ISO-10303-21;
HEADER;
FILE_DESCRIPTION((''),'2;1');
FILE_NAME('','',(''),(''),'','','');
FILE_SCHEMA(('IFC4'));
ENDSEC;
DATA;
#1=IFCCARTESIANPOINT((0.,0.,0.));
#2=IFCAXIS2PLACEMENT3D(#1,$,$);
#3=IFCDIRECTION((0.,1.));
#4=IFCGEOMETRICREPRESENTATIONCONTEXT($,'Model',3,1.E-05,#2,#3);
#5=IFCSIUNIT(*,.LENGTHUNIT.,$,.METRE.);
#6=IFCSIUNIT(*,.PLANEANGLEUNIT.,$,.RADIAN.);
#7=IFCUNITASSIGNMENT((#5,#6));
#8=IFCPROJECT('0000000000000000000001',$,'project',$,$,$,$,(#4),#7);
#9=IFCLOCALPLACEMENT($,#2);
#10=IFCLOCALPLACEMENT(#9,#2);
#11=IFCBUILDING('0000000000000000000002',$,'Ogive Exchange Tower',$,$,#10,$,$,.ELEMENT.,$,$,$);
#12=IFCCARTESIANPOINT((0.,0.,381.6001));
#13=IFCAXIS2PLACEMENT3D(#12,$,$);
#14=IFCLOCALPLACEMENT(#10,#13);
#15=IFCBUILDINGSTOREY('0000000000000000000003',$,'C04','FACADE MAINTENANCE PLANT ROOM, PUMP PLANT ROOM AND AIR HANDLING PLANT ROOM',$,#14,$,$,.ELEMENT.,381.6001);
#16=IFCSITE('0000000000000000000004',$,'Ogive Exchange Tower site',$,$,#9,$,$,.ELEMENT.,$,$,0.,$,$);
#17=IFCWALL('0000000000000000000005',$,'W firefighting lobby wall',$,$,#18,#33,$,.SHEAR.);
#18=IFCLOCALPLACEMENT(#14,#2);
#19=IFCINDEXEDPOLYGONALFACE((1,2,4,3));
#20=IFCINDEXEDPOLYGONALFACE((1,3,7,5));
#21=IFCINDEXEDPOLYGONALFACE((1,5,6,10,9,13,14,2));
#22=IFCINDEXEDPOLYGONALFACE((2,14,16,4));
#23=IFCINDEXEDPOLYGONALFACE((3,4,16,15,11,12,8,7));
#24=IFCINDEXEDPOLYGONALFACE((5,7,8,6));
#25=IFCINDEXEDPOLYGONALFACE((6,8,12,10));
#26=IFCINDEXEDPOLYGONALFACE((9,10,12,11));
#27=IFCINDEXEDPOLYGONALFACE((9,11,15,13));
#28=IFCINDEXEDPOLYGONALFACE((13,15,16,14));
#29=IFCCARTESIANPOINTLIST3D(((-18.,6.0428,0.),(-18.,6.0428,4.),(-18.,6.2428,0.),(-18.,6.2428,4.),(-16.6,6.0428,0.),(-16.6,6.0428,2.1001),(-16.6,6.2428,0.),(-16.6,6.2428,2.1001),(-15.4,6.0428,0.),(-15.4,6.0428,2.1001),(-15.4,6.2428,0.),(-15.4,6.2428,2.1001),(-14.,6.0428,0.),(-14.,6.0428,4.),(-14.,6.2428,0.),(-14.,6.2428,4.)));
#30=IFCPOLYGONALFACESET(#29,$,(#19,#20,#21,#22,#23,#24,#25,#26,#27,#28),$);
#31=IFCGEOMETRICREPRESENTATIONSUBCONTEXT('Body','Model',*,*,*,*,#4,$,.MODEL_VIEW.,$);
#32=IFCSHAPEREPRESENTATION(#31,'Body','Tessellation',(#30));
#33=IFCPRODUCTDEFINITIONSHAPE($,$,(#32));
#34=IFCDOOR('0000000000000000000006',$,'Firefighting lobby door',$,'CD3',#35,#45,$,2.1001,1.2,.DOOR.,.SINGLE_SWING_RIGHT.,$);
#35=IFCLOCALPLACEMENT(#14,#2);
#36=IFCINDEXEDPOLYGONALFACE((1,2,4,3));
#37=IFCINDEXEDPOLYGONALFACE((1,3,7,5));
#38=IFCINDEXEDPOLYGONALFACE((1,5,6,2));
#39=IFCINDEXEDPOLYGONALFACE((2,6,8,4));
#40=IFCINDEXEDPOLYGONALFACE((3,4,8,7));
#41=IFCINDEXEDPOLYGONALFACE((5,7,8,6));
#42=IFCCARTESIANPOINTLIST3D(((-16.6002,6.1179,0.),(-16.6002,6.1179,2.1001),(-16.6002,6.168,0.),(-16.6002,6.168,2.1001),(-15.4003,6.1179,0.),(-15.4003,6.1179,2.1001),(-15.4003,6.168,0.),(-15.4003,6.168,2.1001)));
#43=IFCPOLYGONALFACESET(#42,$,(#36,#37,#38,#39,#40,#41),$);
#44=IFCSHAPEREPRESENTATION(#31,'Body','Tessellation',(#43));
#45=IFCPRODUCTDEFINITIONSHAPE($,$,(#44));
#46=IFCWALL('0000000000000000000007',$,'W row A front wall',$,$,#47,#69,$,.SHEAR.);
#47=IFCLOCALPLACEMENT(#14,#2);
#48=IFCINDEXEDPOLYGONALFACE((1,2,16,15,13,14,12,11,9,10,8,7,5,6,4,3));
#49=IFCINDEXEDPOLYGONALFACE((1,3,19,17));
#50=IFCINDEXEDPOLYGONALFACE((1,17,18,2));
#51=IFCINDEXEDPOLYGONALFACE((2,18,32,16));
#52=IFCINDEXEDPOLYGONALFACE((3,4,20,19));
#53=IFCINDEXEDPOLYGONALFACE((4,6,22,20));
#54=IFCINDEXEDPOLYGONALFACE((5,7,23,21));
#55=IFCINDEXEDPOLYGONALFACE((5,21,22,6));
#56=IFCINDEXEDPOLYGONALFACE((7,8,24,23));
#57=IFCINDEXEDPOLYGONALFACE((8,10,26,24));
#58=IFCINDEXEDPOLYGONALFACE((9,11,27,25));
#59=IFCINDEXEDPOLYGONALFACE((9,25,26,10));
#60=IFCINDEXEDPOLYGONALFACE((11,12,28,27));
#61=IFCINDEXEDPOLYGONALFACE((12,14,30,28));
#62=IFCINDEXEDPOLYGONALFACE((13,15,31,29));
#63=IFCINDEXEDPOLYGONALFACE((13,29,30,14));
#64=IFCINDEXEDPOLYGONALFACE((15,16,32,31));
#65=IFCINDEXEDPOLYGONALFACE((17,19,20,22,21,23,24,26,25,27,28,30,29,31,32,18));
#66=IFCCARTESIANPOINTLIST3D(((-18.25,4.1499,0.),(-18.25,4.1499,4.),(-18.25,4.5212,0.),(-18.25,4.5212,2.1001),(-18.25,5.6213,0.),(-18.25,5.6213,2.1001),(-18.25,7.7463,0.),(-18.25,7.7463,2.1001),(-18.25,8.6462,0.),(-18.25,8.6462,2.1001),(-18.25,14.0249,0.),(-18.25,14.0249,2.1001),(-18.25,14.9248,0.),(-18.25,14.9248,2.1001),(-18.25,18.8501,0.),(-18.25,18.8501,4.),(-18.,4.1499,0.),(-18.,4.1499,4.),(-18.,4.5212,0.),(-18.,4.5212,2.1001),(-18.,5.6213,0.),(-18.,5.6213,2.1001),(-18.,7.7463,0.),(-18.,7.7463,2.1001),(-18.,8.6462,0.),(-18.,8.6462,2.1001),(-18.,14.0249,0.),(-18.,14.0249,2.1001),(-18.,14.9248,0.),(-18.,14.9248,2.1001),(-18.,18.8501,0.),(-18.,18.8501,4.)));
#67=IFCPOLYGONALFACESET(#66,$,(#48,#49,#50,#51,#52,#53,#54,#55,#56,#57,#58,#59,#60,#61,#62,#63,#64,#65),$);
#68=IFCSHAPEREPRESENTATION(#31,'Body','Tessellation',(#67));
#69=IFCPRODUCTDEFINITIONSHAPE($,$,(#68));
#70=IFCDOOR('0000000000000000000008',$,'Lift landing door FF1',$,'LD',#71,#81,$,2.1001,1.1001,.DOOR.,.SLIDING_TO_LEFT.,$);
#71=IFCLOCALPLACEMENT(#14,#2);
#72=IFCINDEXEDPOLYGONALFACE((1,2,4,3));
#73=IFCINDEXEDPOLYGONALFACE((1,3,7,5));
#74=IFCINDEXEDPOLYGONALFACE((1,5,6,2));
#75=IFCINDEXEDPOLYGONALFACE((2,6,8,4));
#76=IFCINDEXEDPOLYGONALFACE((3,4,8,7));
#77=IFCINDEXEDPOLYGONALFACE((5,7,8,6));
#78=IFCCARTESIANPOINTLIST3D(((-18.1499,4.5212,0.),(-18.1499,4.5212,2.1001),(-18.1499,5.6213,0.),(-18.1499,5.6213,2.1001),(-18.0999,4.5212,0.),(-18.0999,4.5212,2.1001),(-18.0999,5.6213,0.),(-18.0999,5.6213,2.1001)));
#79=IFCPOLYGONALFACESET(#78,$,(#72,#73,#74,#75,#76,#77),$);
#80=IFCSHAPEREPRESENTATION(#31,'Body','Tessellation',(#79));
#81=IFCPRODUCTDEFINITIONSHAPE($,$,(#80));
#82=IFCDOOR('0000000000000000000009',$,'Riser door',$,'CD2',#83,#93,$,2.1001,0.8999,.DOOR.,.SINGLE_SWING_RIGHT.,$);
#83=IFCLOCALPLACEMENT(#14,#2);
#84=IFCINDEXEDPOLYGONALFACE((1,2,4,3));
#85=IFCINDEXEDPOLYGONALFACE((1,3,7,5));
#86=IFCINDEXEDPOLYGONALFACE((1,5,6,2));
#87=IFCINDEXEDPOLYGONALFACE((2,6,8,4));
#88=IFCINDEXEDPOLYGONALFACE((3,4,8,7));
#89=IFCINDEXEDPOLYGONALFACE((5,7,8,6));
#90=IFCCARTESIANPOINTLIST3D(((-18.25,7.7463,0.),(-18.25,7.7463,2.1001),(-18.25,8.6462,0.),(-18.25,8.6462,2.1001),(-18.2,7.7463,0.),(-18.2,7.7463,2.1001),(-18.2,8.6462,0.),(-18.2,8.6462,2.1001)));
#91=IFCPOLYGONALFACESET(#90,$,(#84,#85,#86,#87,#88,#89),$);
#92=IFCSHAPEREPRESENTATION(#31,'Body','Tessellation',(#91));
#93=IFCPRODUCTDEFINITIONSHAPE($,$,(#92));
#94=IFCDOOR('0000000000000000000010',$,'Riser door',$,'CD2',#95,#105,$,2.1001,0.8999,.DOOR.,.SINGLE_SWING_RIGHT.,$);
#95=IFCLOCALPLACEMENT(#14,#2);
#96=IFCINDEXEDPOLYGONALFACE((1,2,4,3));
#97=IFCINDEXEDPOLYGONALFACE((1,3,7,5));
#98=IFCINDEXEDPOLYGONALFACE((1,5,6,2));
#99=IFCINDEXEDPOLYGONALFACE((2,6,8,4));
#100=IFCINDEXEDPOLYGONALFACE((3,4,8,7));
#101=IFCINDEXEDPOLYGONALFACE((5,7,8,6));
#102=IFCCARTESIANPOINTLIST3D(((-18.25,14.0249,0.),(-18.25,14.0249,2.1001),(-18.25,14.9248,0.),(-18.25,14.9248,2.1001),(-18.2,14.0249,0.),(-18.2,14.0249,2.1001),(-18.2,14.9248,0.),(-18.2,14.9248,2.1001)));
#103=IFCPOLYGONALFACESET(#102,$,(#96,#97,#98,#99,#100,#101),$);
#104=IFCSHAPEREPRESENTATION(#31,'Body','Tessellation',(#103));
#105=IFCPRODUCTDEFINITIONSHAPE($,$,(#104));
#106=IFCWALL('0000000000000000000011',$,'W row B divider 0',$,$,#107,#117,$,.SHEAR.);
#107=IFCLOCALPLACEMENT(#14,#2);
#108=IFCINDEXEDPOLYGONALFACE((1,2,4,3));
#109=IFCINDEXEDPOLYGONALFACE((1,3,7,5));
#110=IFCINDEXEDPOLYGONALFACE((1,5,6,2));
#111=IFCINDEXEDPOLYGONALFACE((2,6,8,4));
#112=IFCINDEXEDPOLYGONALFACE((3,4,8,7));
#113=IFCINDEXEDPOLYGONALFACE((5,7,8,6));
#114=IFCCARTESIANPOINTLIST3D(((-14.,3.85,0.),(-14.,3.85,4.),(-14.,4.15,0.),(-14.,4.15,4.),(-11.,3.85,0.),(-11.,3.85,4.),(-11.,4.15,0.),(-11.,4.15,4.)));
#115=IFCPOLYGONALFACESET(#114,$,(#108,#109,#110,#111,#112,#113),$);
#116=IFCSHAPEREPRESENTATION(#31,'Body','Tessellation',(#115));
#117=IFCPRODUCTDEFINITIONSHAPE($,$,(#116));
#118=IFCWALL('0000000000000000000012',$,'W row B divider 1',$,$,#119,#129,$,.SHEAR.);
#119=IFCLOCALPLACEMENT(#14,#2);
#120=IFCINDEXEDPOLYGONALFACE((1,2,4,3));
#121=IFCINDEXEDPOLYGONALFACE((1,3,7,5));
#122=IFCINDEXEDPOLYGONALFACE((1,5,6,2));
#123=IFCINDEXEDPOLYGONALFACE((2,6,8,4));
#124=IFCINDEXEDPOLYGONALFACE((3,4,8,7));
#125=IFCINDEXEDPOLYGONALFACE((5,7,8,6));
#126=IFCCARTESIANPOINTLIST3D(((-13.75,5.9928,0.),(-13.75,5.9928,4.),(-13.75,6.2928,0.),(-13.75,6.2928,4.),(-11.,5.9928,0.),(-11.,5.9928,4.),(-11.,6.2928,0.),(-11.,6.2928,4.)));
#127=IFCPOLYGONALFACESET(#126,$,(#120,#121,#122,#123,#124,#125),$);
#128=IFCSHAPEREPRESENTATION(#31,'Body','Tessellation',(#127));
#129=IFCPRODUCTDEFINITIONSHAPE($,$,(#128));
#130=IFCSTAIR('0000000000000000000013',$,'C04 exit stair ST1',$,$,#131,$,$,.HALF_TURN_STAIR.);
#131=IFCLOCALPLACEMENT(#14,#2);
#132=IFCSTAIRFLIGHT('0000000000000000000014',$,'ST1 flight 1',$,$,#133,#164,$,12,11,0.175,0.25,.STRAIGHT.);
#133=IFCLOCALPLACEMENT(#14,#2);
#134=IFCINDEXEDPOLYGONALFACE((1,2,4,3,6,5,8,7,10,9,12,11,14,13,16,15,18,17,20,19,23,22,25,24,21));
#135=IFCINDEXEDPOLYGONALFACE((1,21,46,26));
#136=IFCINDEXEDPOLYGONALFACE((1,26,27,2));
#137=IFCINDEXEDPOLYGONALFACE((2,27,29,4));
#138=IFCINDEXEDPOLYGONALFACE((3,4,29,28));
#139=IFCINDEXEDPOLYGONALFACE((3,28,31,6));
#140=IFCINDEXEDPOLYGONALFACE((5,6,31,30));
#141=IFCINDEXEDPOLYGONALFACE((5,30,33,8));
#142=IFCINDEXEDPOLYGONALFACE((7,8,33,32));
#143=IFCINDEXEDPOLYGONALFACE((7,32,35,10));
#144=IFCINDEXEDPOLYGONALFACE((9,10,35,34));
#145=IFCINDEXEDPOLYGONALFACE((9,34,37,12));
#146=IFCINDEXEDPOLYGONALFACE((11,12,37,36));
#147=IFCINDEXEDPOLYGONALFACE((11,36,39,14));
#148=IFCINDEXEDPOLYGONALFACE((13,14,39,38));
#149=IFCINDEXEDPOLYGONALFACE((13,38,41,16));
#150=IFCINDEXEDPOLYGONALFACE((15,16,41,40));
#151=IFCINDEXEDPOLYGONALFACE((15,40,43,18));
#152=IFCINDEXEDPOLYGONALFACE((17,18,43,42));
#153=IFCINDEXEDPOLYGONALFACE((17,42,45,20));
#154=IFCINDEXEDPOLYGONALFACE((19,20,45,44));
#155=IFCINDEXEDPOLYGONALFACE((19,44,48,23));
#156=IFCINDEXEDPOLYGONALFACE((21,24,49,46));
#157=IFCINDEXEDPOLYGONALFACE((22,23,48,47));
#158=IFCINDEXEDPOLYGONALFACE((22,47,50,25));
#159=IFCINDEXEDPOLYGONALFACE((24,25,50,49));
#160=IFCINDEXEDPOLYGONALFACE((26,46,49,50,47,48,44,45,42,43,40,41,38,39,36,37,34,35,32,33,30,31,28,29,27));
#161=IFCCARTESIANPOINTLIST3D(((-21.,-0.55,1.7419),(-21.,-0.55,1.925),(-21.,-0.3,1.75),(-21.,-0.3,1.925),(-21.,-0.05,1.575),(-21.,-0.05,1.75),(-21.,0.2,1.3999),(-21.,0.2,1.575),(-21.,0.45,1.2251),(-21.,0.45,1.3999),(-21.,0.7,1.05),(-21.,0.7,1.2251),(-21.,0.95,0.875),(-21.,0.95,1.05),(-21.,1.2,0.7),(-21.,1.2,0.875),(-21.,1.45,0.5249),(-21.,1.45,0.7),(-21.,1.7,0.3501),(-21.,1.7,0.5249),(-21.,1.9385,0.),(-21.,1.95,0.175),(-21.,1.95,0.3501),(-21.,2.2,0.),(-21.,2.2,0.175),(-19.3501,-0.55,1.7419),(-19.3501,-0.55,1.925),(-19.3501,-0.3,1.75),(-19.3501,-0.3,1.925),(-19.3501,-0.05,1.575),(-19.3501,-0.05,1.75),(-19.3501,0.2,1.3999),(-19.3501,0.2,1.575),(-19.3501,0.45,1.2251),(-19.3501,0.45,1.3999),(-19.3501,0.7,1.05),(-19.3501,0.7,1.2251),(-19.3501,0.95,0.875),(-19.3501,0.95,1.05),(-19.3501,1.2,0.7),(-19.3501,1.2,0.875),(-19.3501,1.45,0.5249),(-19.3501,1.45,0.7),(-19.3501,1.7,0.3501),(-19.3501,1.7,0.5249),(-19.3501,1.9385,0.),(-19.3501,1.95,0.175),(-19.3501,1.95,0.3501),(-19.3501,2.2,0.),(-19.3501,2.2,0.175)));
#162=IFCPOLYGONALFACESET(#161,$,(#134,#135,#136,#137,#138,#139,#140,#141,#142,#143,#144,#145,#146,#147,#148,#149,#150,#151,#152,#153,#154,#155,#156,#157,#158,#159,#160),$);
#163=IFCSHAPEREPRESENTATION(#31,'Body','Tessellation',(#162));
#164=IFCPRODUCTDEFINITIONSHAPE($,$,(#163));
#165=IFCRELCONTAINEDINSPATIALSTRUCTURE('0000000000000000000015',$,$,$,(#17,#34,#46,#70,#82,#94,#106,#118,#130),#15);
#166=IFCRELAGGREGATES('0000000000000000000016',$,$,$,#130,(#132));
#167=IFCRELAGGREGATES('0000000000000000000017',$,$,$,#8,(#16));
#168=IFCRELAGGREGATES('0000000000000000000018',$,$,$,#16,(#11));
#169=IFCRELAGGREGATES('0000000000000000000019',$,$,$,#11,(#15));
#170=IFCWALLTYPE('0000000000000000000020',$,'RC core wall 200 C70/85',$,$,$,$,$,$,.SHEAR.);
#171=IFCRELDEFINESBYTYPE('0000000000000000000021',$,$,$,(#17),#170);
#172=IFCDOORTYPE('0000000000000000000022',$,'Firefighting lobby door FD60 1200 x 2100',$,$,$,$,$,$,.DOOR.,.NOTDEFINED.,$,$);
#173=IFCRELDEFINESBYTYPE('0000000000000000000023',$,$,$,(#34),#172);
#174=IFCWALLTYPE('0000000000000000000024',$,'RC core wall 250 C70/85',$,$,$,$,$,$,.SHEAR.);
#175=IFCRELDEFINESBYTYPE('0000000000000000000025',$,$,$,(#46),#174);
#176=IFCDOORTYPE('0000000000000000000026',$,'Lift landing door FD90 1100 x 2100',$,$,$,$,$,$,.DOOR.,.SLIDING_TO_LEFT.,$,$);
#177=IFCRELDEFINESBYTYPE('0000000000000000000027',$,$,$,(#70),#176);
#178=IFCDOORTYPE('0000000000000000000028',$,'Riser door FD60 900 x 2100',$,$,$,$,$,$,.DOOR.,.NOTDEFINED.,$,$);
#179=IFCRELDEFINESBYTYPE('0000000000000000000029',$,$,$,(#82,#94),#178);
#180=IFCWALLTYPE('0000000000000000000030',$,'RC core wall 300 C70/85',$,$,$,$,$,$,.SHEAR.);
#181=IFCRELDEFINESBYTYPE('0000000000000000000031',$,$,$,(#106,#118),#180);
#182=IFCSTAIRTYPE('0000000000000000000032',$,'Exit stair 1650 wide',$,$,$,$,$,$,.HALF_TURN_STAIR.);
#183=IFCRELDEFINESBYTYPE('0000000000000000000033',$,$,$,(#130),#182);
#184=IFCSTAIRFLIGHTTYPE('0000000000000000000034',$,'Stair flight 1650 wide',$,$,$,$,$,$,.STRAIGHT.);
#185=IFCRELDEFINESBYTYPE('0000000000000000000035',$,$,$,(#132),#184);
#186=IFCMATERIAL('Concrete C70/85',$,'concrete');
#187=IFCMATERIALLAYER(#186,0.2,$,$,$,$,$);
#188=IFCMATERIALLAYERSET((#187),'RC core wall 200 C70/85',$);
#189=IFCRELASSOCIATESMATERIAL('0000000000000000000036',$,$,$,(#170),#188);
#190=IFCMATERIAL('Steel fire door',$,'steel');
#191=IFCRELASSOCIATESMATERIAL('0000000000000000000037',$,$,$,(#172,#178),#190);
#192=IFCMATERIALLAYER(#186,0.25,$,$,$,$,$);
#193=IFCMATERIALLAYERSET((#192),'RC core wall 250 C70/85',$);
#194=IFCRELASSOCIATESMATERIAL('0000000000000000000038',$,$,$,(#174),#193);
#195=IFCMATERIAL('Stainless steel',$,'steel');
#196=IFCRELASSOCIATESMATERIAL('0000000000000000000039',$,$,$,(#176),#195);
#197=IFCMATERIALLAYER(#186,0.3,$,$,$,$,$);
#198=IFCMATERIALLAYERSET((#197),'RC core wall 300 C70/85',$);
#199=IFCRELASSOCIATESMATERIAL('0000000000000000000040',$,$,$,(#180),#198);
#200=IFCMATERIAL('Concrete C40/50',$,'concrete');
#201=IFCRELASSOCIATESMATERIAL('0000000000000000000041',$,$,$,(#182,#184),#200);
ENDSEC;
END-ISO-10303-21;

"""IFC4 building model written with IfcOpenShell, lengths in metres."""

from ifc_helpers import new_model, si_unit, direction, frame, frame_2d, origin, place, context, subcontext, project, spatial, polyline, rectangle, outline, extrude, material, layer, layer_set, type_object, element, fill, aggregate, save


model = new_model("IFC4")

# Units and contexts
model_context = context("Model", 3, precision=1e-05, world=origin(), true_north=direction((0.0, 1.0)))
body_context = subcontext(model_context, "Body", "Model", "MODEL_VIEW")
ifc_project = project(units=[si_unit("LENGTHUNIT", "METRE"), si_unit("PLANEANGLEUNIT", "RADIAN")], contexts=[model_context])

# Site, building, storey
site_placement = place(None, origin())
site = spatial("IfcSite", under=ifc_project, at=site_placement, Name="Ogive Exchange Tower site", CompositionType="ELEMENT", RefElevation=0.0)
building_placement = place(site_placement, origin())
building = spatial("IfcBuilding", under=site, at=building_placement, Name="Ogive Exchange Tower", CompositionType="ELEMENT")
storey_placement = place(building_placement, frame((0.0, 0.0, 381.6001)))
storey = spatial("IfcBuildingStorey", under=building, at=storey_placement, Name="C04", Description="FACADE MAINTENANCE PLANT ROOM, PUMP PLANT ROOM AND AIR HANDLING PLANT ROOM", CompositionType="ELEMENT", Elevation=381.6001)

# Wall, opening, door
ifc_material_1 = material(Name="Concrete C70/85", Category="concrete")
ifc_layer_1 = layer(ifc_material_1, 0.2)
ifc_layer_set_1 = layer_set([ifc_layer_1], Name="RC core wall 200 C70/85")
wall_type_1 = type_object("IfcWallType", Name="RC core wall 200 C70/85", PredefinedType="SHEAR", material=ifc_layer_set_1)
wall_1_placement = place(storey_placement, frame((-18.0, 6.1428, 0.0), z_axis=(0.0, 0.0, 1.0), x_axis=(1.0, 0.0, 0.0)))
wall_1 = element("IfcWall", 1, at=wall_1_placement, inside=storey, type_object=wall_type_1, Name="W firefighting lobby wall", PredefinedType="SHEAR", context=body_context, shape_type="SweptSolid", body=[
    extrude(rectangle(XDim=4.0, YDim=0.2, at=frame_2d((2.0, 0.0))), origin(), (0.0, 0.0, 1.0), 4.0),
])
opening_1_placement = place(wall_1_placement, frame((1.3999, 0.0, 0.0)))
opening_1 = element("IfcOpeningElement", 2, at=opening_1_placement, cuts=wall_1, PredefinedType="OPENING", context=body_context, shape_type="SweptSolid", body=[
    extrude(rectangle(XDim=1.2, YDim=2.1001, at=frame_2d((0.6001, 1.05))), frame((0.0, 0.1099, 0.0), z_axis=(0.0, -1.0, 0.0), x_axis=(1.0, 0.0, 0.0)), (0.0, 0.0, 1.0), 0.22),
])
ifc_material_2 = material(Name="Steel fire door", Category="steel")
door_type_1 = type_object("IfcDoorType", Name="Firefighting lobby door FD60 1200 x 2100", OperationType="NOTDEFINED", PredefinedType="DOOR", material=ifc_material_2)
door_1_placement = place(opening_1_placement, frame((1.2, 0.0, 0.0), z_axis=(0.0, 0.0, 1.0), x_axis=(-1.0, 0.0, 0.0)))
door_1 = element("IfcDoor", 3, at=door_1_placement, inside=storey, type_object=door_type_1, Name="Firefighting lobby door", ObjectType="CD3", OperationType="SINGLE_SWING_RIGHT", OverallHeight=2.1001, OverallWidth=1.2, PredefinedType="DOOR", context=body_context, shape_type="SweptSolid", body=[
    extrude(rectangle(XDim=1.2, YDim=2.1001, at=frame_2d((0.6001, 1.05))), frame((0.0, 0.0249, 0.0), z_axis=(0.0, -1.0, 0.0), x_axis=(1.0, 0.0, 0.0)), (0.0, 0.0, 1.0), 0.05),
])
fill(opening_1, door_1)

# Wall, openings, doors
ifc_layer_2 = layer(ifc_material_1, 0.25)
ifc_layer_set_2 = layer_set([ifc_layer_2], Name="RC core wall 250 C70/85")
wall_type_2 = type_object("IfcWallType", Name="RC core wall 250 C70/85", PredefinedType="SHEAR", material=ifc_layer_set_2)
wall_2_placement = place(storey_placement, frame((-18.125, 4.1499, 0.0), z_axis=(0.0, 0.0, 1.0), x_axis=(0.0, 1.0, 0.0)))
wall_2 = element("IfcWall", 4, at=wall_2_placement, inside=storey, type_object=wall_type_2, Name="W row A front wall", PredefinedType="SHEAR", context=body_context, shape_type="SweptSolid", body=[
    extrude(rectangle(XDim=14.7002, YDim=0.25, at=frame_2d((7.3501, 0.0))), origin(), (0.0, 0.0, 1.0), 4.0),
])
opening_2_placement = place(wall_2_placement, frame((3.5964, 0.0, 0.0)))
opening_2 = element("IfcOpeningElement", 5, at=opening_2_placement, cuts=wall_2, PredefinedType="OPENING", context=body_context, shape_type="SweptSolid", body=[
    extrude(rectangle(XDim=0.8999, YDim=2.1001, at=frame_2d((0.45, 1.05))), frame((0.0, 0.135, 0.0), z_axis=(0.0, -1.0, 0.0), x_axis=(1.0, 0.0, 0.0)), (0.0, 0.0, 1.0), 0.27),
])
opening_3_placement = place(wall_2_placement, frame((9.875, 0.0, 0.0)))
opening_3 = element("IfcOpeningElement", 6, at=opening_3_placement, cuts=wall_2, PredefinedType="OPENING", context=body_context, shape_type="SweptSolid", body=[
    extrude(rectangle(XDim=0.8999, YDim=2.1001, at=frame_2d((0.45, 1.05))), frame((0.0, 0.135, 0.0), z_axis=(0.0, -1.0, 0.0), x_axis=(1.0, 0.0, 0.0)), (0.0, 0.0, 1.0), 0.27),
])
opening_4_placement = place(wall_2_placement, frame((0.3713, 0.0, 0.0)))
opening_4 = element("IfcOpeningElement", 7, at=opening_4_placement, cuts=wall_2, PredefinedType="OPENING", context=body_context, shape_type="SweptSolid", body=[
    extrude(rectangle(XDim=1.1001, YDim=2.1001, at=frame_2d((0.55, 1.05))), frame((0.0, 0.135, 0.0), z_axis=(0.0, -1.0, 0.0), x_axis=(1.0, 0.0, 0.0)), (0.0, 0.0, 1.0), 0.27),
])
ifc_material_3 = material(Name="Stainless steel", Category="steel")
door_type_2 = type_object("IfcDoorType", Name="Lift landing door FD90 1100 x 2100", OperationType="SLIDING_TO_LEFT", PredefinedType="DOOR", material=ifc_material_3)
door_2_placement = place(opening_4_placement, origin())
door_2 = element("IfcDoor", 8, at=door_2_placement, inside=storey, type_object=door_type_2, Name="Lift landing door FF1", ObjectType="LD", OperationType="SLIDING_TO_LEFT", OverallHeight=2.1001, OverallWidth=1.1001, PredefinedType="DOOR", context=body_context, shape_type="SweptSolid", body=[
    extrude(rectangle(XDim=1.1001, YDim=2.1001, at=frame_2d((0.55, 1.05))), frame((0.0, 0.0249, 0.0), z_axis=(0.0, -1.0, 0.0), x_axis=(1.0, 0.0, 0.0)), (0.0, 0.0, 1.0), 0.05),
])
fill(opening_4, door_2)
door_type_3 = type_object("IfcDoorType", Name="Riser door FD60 900 x 2100", OperationType="NOTDEFINED", PredefinedType="DOOR", material=ifc_material_2)
door_3_placement = place(opening_2_placement, origin())
door_3 = element("IfcDoor", 9, at=door_3_placement, inside=storey, type_object=door_type_3, Name="Riser door", ObjectType="CD2", OperationType="SINGLE_SWING_RIGHT", OverallHeight=2.1001, OverallWidth=0.8999, PredefinedType="DOOR", context=body_context, shape_type="SweptSolid", body=[
    extrude(rectangle(XDim=0.8999, YDim=2.1001, at=frame_2d((0.45, 1.05))), frame((0.0, 0.125, 0.0), z_axis=(0.0, -1.0, 0.0), x_axis=(1.0, 0.0, 0.0)), (0.0, 0.0, 1.0), 0.05),
])
fill(opening_2, door_3)
door_4_placement = place(opening_3_placement, origin())
door_4 = element("IfcDoor", 10, at=door_4_placement, inside=storey, type_object=door_type_3, Name="Riser door", ObjectType="CD2", OperationType="SINGLE_SWING_RIGHT", OverallHeight=2.1001, OverallWidth=0.8999, PredefinedType="DOOR", context=body_context, shape_type="SweptSolid", body=[
    extrude(rectangle(XDim=0.8999, YDim=2.1001, at=frame_2d((0.45, 1.05))), frame((0.0, 0.125, 0.0), z_axis=(0.0, -1.0, 0.0), x_axis=(1.0, 0.0, 0.0)), (0.0, 0.0, 1.0), 0.05),
])
fill(opening_3, door_4)

# Walls
ifc_layer_3 = layer(ifc_material_1, 0.3)
ifc_layer_set_3 = layer_set([ifc_layer_3], Name="RC core wall 300 C70/85")
wall_type_3 = type_object("IfcWallType", Name="RC core wall 300 C70/85", PredefinedType="SHEAR", material=ifc_layer_set_3)
wall_3_placement = place(storey_placement, frame((-14.0, 4.0, 0.0), z_axis=(0.0, 0.0, 1.0), x_axis=(1.0, 0.0, 0.0)))
element("IfcWall", 11, at=wall_3_placement, inside=storey, type_object=wall_type_3, Name="W row B divider 0", PredefinedType="SHEAR", context=body_context, shape_type="SweptSolid", body=[
    extrude(rectangle(XDim=3.0, YDim=0.3, at=frame_2d((1.5, 0.0))), origin(), (0.0, 0.0, 1.0), 4.0),
])
wall_4_placement = place(storey_placement, frame((-13.75, 6.1428, 0.0), z_axis=(0.0, 0.0, 1.0), x_axis=(1.0, 0.0, 0.0)))
element("IfcWall", 12, at=wall_4_placement, inside=storey, type_object=wall_type_3, Name="W row B divider 1", PredefinedType="SHEAR", context=body_context, shape_type="SweptSolid", body=[
    extrude(rectangle(XDim=2.75, YDim=0.3, at=frame_2d((1.375, 0.0))), origin(), (0.0, 0.0, 1.0), 4.0),
])

# Stair, stair flight
ifc_material_4 = material(Name="Concrete C40/50", Category="concrete")
stair_type = type_object("IfcStairType", Name="Exit stair 1650 wide", PredefinedType="HALF_TURN_STAIR", material=ifc_material_4)
stair_placement = place(storey_placement, origin())
stair = element("IfcStair", 13, at=stair_placement, inside=storey, type_object=stair_type, Name="C04 exit stair ST1", PredefinedType="HALF_TURN_STAIR")
stair_flight_type = type_object("IfcStairFlightType", Name="Stair flight 1650 wide", PredefinedType="STRAIGHT", material=ifc_material_4)
stair_flight_1_placement = place(storey_placement, frame((-20.175, 2.2, 0.0), z_axis=(0.0, 0.0, 1.0), x_axis=(0.0, -1.0, 0.0)))
stair_flight_1 = element("IfcStairFlight", 14, at=stair_flight_1_placement, type_object=stair_flight_type, Name="ST1 flight 1", NumberOfRisers=12, NumberOfTreads=11, PredefinedType="STRAIGHT", RiserHeight=0.175, TreadLength=0.25, context=body_context, shape_type="SweptSolid", body=[
    extrude(outline(polyline([(0.0, 0.0), (0.0, 0.175), (0.25, 0.175), (0.25, 0.3501), (0.5, 0.3501), (0.5, 0.5249), (0.75, 0.5249), (0.75, 0.7), (1.0, 0.7), (1.0, 0.875), (1.25, 0.875), (1.25, 1.05), (1.5, 1.05), (1.5, 1.2251), (1.75, 1.2251), (1.75, 1.3999), (2.0, 1.3999), (2.0, 1.575), (2.25, 1.575), (2.25, 1.75), (2.5, 1.75), (2.5, 1.925), (2.75, 1.925), (2.75, 2.1001), (2.75, 1.7419), (0.2615, 0.0), (0.0, 0.0)])), frame((0.0, 0.825, 0.0), z_axis=(0.0, -1.0, 0.0), x_axis=(1.0, 0.0, 0.0)), (0.0, 0.0, 1.0), 1.6499),
])
aggregate(stair, [stair_flight_1])

save(model, "model.ifc")
